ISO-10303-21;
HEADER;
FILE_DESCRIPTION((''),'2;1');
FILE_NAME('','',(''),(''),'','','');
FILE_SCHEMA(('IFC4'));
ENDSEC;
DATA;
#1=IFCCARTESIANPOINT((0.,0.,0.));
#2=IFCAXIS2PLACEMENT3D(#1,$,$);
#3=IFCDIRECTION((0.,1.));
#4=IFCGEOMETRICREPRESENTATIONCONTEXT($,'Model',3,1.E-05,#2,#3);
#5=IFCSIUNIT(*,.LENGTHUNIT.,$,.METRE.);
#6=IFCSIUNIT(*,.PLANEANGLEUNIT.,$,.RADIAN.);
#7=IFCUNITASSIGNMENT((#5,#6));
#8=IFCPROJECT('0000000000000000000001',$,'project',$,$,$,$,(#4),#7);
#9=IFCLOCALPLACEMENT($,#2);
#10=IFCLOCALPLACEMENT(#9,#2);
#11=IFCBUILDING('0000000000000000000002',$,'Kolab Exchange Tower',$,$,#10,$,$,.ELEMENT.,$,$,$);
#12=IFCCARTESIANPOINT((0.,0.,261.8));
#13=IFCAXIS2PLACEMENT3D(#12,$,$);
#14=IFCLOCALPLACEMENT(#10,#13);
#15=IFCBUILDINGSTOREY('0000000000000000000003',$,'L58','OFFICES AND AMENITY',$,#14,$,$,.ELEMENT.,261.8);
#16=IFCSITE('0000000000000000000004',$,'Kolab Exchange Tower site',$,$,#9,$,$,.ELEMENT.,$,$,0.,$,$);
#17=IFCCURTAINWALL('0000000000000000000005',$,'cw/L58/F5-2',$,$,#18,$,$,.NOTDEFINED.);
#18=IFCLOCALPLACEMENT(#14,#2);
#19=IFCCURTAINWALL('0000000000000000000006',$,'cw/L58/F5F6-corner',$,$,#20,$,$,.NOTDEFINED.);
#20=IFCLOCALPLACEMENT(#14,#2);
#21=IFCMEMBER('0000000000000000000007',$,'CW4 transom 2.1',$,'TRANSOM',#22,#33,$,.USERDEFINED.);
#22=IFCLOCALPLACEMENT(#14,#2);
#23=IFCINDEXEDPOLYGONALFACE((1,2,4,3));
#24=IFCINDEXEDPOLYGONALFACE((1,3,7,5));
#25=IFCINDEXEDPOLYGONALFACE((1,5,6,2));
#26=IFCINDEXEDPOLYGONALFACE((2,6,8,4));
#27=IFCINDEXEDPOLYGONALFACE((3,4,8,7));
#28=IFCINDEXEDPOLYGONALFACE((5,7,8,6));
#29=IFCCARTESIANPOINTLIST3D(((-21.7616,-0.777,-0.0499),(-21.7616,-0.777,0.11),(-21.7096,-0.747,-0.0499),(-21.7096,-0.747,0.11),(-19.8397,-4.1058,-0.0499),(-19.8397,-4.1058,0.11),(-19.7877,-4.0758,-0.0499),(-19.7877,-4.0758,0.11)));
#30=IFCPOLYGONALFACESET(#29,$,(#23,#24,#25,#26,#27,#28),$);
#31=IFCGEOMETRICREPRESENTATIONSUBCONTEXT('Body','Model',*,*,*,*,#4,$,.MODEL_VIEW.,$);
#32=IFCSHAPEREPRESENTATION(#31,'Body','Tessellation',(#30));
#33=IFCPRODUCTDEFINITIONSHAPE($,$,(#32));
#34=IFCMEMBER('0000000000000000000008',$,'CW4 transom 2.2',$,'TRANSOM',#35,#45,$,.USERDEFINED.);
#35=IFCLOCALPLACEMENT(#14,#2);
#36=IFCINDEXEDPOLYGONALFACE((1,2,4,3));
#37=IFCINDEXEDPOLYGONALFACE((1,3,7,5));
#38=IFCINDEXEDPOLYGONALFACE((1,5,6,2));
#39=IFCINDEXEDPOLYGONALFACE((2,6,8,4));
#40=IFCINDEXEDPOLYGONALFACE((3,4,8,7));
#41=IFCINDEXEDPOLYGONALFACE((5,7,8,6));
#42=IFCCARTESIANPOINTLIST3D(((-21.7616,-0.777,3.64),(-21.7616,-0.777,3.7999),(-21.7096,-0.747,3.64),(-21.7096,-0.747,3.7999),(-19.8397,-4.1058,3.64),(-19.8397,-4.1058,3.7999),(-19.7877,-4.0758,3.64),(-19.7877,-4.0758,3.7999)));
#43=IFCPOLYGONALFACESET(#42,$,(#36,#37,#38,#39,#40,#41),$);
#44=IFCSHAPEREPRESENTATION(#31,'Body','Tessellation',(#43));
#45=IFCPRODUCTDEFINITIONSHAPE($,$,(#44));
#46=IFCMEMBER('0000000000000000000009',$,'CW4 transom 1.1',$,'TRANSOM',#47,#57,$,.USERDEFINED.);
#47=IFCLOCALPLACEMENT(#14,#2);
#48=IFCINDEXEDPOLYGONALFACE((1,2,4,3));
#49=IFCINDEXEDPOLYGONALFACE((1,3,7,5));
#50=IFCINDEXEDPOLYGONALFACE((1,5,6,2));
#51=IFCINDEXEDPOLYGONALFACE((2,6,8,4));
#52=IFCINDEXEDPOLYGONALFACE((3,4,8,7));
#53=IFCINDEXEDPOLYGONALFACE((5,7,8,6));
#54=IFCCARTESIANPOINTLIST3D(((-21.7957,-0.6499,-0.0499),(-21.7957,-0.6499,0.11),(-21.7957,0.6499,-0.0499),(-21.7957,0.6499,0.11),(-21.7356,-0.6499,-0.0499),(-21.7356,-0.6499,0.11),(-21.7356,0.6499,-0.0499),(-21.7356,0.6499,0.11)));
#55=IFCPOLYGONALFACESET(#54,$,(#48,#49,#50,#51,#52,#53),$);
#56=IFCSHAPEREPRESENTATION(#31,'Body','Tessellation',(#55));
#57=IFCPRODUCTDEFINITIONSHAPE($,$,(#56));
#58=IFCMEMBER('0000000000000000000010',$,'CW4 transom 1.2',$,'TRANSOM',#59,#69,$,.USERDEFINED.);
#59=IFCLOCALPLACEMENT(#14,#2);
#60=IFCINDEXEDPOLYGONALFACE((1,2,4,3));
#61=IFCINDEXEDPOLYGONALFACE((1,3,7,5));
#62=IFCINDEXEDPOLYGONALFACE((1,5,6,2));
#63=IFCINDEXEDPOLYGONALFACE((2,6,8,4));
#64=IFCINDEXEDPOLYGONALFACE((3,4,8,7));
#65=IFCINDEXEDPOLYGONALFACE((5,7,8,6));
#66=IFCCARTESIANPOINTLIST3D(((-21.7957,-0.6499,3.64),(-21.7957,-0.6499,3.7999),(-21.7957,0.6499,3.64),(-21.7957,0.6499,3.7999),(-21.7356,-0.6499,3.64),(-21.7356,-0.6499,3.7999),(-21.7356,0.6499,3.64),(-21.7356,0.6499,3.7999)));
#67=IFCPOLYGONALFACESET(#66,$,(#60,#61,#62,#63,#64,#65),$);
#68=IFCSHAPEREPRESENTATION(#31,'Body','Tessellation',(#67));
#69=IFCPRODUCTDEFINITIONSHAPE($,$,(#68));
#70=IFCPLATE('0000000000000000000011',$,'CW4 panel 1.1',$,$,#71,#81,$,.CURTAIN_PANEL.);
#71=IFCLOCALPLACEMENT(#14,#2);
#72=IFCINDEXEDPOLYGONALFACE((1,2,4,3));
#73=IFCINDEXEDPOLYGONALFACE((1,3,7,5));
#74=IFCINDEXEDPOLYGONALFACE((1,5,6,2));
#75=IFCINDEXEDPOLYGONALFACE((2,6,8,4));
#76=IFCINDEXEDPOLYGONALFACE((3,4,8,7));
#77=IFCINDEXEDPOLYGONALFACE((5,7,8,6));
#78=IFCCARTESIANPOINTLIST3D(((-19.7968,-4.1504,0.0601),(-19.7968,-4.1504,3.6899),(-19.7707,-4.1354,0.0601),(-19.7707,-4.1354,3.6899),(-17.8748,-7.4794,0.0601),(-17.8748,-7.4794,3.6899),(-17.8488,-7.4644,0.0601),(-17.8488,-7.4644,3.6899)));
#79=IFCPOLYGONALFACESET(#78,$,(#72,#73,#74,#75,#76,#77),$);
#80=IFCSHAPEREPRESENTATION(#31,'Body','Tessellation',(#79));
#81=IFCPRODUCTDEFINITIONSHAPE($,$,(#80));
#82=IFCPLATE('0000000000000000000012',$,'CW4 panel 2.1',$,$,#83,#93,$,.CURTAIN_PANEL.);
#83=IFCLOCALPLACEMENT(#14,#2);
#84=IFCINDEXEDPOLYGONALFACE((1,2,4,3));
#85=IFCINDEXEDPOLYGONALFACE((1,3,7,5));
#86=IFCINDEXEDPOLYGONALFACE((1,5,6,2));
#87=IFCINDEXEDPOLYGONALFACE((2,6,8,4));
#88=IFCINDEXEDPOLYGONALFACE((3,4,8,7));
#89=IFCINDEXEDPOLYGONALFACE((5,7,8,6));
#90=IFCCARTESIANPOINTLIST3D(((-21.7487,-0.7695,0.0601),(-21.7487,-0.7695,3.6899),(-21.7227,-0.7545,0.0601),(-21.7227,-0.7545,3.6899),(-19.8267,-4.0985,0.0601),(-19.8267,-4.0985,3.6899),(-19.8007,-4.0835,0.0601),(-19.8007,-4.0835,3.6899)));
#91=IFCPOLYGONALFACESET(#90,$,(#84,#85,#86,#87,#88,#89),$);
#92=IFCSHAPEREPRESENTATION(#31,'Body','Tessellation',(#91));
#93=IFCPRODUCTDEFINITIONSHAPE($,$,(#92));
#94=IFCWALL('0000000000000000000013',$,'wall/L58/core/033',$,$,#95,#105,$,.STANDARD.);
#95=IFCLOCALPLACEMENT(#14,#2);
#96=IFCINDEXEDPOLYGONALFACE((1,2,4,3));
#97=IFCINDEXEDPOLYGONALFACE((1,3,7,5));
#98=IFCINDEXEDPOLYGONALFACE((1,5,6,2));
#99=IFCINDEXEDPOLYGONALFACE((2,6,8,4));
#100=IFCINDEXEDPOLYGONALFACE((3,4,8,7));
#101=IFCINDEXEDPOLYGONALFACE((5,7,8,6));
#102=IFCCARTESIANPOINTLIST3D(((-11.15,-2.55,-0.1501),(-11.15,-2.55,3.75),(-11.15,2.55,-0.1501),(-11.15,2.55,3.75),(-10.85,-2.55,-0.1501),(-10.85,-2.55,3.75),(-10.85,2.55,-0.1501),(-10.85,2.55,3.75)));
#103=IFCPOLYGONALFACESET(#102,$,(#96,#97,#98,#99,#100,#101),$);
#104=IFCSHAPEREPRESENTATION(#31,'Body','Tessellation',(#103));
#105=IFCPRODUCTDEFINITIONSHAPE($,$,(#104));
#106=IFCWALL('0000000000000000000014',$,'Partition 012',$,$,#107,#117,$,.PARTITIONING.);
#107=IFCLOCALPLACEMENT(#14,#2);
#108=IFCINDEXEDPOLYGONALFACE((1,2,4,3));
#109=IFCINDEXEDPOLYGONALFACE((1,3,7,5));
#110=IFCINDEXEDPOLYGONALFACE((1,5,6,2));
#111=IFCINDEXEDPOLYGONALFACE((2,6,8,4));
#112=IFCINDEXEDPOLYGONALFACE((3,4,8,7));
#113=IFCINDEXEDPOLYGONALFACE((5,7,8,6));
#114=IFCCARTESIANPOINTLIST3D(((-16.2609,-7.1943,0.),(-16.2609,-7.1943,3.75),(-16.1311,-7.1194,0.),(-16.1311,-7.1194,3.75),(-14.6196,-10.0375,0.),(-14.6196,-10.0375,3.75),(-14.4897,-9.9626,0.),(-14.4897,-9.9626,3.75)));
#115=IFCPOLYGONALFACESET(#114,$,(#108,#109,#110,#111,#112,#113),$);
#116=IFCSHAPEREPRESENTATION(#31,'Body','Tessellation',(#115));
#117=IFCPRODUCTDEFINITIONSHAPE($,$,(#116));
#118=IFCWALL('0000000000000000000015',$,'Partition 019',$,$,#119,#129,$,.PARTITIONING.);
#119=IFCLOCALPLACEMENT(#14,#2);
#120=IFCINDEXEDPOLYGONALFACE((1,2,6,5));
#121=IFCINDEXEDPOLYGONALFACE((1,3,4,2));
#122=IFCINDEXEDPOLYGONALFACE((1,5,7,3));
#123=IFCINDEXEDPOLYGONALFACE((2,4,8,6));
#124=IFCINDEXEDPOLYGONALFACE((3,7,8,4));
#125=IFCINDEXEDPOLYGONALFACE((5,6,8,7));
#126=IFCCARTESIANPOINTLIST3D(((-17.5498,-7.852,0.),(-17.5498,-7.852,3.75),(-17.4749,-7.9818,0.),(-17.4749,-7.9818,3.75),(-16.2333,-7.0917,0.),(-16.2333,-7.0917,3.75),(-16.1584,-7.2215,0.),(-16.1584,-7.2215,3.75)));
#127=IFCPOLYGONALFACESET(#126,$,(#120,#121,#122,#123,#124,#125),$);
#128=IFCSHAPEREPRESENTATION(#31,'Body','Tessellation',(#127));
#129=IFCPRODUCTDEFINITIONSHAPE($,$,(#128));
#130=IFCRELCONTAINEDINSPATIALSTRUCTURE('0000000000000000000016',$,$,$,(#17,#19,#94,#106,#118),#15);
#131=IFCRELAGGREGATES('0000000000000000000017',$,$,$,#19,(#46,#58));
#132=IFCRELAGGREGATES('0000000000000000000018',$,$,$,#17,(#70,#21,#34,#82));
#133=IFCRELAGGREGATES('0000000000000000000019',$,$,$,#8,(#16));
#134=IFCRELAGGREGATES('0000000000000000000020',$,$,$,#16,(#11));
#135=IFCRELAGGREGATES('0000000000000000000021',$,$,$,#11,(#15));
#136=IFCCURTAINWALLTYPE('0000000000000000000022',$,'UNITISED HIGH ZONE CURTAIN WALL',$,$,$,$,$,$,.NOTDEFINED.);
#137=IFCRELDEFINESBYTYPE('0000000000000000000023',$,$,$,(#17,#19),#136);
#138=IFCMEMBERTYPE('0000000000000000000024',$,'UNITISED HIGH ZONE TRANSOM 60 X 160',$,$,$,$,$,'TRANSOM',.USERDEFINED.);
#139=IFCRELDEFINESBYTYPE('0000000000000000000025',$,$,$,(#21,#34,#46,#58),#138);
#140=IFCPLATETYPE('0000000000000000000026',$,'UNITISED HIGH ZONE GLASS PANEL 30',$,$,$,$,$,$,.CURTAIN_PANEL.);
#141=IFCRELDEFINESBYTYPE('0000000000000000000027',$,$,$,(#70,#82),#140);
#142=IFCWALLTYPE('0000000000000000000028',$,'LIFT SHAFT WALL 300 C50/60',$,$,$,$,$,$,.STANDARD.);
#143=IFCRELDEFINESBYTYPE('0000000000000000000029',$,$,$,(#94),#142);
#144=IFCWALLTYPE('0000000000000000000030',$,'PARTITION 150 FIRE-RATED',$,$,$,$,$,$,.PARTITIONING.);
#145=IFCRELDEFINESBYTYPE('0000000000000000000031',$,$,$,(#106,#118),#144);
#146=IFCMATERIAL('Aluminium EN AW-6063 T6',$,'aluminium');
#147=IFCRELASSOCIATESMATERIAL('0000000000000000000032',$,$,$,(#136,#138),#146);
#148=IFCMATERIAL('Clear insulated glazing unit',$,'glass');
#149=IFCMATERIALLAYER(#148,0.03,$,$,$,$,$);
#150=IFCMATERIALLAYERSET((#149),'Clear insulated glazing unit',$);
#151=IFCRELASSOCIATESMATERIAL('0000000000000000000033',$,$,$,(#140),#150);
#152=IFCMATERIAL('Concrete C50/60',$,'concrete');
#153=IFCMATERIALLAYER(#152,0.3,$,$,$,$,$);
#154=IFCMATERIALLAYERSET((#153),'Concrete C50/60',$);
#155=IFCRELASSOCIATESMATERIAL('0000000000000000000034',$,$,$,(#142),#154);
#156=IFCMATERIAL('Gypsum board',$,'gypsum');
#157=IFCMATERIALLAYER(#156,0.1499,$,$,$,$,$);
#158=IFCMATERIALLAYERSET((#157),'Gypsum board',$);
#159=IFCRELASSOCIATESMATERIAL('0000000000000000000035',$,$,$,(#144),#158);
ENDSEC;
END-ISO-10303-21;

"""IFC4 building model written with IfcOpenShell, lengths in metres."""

from ifc_helpers import new_model, si_unit, direction, frame, frame_2d, origin, origin_2d, place, context, subcontext, project, spatial, rectangle, extrude, material, layer, layer_set, material_profile, profile_set, type_object, element, aggregate, save


model = new_model("IFC4")

# Units and contexts
model_context = context("Model", 3, precision=1e-05, world=origin(), true_north=direction((0.0, 1.0)))
body_context = subcontext(model_context, "Body", "Model", "MODEL_VIEW")
ifc_project = project(units=[si_unit("LENGTHUNIT", "METRE"), si_unit("PLANEANGLEUNIT", "RADIAN")], contexts=[model_context])

# Site, building, storey
site_placement = place(None, origin())
site = spatial("IfcSite", under=ifc_project, at=site_placement, Name="Kolab Exchange Tower site", CompositionType="ELEMENT", RefElevation=0.0)
building_placement = place(site_placement, origin())
building = spatial("IfcBuilding", under=site, at=building_placement, Name="Kolab Exchange Tower", CompositionType="ELEMENT")
storey_placement = place(building_placement, frame((0.0, 0.0, 261.8)))
storey = spatial("IfcBuildingStorey", under=building, at=storey_placement, Name="L58", Description="OFFICES AND AMENITY", CompositionType="ELEMENT", Elevation=261.8)

# Shared definitions
ifc_material_1 = material(Name="Concrete C50/60", Category="concrete")

# Curtain wall
ifc_material_2 = material(Name="Aluminium EN AW-6063 T6", Category="aluminium")
curtain_wall_type = type_object("IfcCurtainWallType", Name="UNITISED HIGH ZONE CURTAIN WALL", PredefinedType="NOTDEFINED", material=ifc_material_2)
curtain_wall_1_placement = place(storey_placement, origin())
curtain_wall_1 = element("IfcCurtainWall", 1, at=curtain_wall_1_placement, inside=storey, type_object=curtain_wall_type, Name="cw/L58/F5-2", PredefinedType="NOTDEFINED")

# Curtain wall
curtain_wall_2_placement = place(storey_placement, origin())
curtain_wall_2 = element("IfcCurtainWall", 2, at=curtain_wall_2_placement, inside=storey, type_object=curtain_wall_type, Name="cw/L58/F5F6-corner", PredefinedType="NOTDEFINED")

# Members
ifc_material_profile_1 = material_profile(ifc_material_2, rectangle(XDim=0.0601, YDim=0.1599, at=origin_2d()), Name="RECT 60X160")
ifc_profile_set_1 = profile_set([ifc_material_profile_1], Name="Aluminium EN AW-6063 T6")
member_type_1 = type_object("IfcMemberType", Name="UNITISED HIGH ZONE TRANSOM 60 X 160", ElementType="TRANSOM", PredefinedType="USERDEFINED", material=ifc_profile_set_1)
member_1_placement = place(storey_placement, frame((-19.8137, -4.0908, 0.03), z_axis=(-0.499992, 0.86603, 0.0), x_axis=(-0.86603, -0.499992, 0.0)))
member_1 = element("IfcMember", 3, at=member_1_placement, type_object=member_type_1, Name="CW4 transom 2.1", ObjectType="TRANSOM", PredefinedType="USERDEFINED", context=body_context, shape_type="SweptSolid", body=[
    extrude(rectangle(XDim=0.0601, YDim=0.1599, at=origin_2d()), origin(), (0.0, 0.0, 1.0), 3.8438),
])
member_2_placement = place(storey_placement, frame((-19.8137, -4.0908, 3.72), z_axis=(-0.499992, 0.86603, 0.0), x_axis=(-0.86603, -0.499992, 0.0)))
member_2 = element("IfcMember", 4, at=member_2_placement, type_object=member_type_1, Name="CW4 transom 2.2", ObjectType="TRANSOM", PredefinedType="USERDEFINED", context=body_context, shape_type="SweptSolid", body=[
    extrude(rectangle(XDim=0.0601, YDim=0.1599, at=origin_2d()), origin(), (0.0, 0.0, 1.0), 3.8438),
])
member_3_placement = place(storey_placement, frame((-21.7656, -0.6499, 0.03), z_axis=(0.0, 1.0, 0.0), x_axis=(-1.0, 0.0, 0.0)))
member_3 = element("IfcMember", 5, at=member_3_placement, type_object=member_type_1, Name="CW4 transom 1.1", ObjectType="TRANSOM", PredefinedType="USERDEFINED", context=body_context, shape_type="SweptSolid", body=[
    extrude(rectangle(XDim=0.0601, YDim=0.1599, at=origin_2d()), origin(), (0.0, 0.0, 1.0), 1.2998),
])
member_4_placement = place(storey_placement, frame((-21.7656, -0.6499, 3.72), z_axis=(0.0, 1.0, 0.0), x_axis=(-1.0, 0.0, 0.0)))
member_4 = element("IfcMember", 6, at=member_4_placement, type_object=member_type_1, Name="CW4 transom 1.2", ObjectType="TRANSOM", PredefinedType="USERDEFINED", context=body_context, shape_type="SweptSolid", body=[
    extrude(rectangle(XDim=0.0601, YDim=0.1599, at=origin_2d()), origin(), (0.0, 0.0, 1.0), 1.2998),
])
aggregate(curtain_wall_2, [member_3, member_4])

# Plates
ifc_material_3 = material(Name="Clear insulated glazing unit", Category="glass")
ifc_layer_1 = layer(ifc_material_3, 0.03)
ifc_layer_set_1 = layer_set([ifc_layer_1], Name="Clear insulated glazing unit")
plate_type = type_object("IfcPlateType", Name="UNITISED HIGH ZONE GLASS PANEL 30", PredefinedType="CURTAIN_PANEL", material=ifc_layer_set_1)
plate_1_placement = place(storey_placement, frame((-18.8228, -5.8074, 0.0601), z_axis=(0.0, 0.0, 1.0), x_axis=(-0.5, 0.866025, 0.0)))
plate_1 = element("IfcPlate", 7, at=plate_1_placement, type_object=plate_type, Name="CW4 panel 1.1", PredefinedType="CURTAIN_PANEL", context=body_context, shape_type="SweptSolid", body=[
    extrude(rectangle(XDim=3.844, YDim=0.03, at=origin_2d()), origin(), (0.0, 0.0, 1.0), 3.6299),
])
plate_2_placement = place(storey_placement, frame((-20.7747, -2.4265, 0.0601), z_axis=(0.0, 0.0, 1.0), x_axis=(-0.5, 0.866025, 0.0)))
plate_2 = element("IfcPlate", 8, at=plate_2_placement, type_object=plate_type, Name="CW4 panel 2.1", PredefinedType="CURTAIN_PANEL", context=body_context, shape_type="SweptSolid", body=[
    extrude(rectangle(XDim=3.844, YDim=0.03, at=origin_2d()), origin(), (0.0, 0.0, 1.0), 3.6299),
])
aggregate(curtain_wall_1, [plate_1, member_1, member_2, plate_2])

# Walls
ifc_layer_2 = layer(ifc_material_1, 0.3)
ifc_layer_set_2 = layer_set([ifc_layer_2], Name="Concrete C50/60")
wall_type_1 = type_object("IfcWallType", Name="LIFT SHAFT WALL 300 C50/60", PredefinedType="STANDARD", material=ifc_layer_set_2)
wall_1_placement = place(storey_placement, frame((-11.0, -2.55, -0.1501), z_axis=(0.0, 0.0, 1.0), x_axis=(0.0, 1.0, 0.0)))
element("IfcWall", 9, at=wall_1_placement, inside=storey, type_object=wall_type_1, Name="wall/L58/core/033", PredefinedType="STANDARD", context=body_context, shape_type="SweptSolid", body=[
    extrude(rectangle(XDim=5.1001, YDim=0.3, at=frame_2d((2.55, 0.0))), origin(), (0.0, 0.0, 1.0), 3.9001),
])
ifc_material_4 = material(Name="Gypsum board", Category="gypsum")
ifc_layer_3 = layer(ifc_material_4, 0.1499)
ifc_layer_set_3 = layer_set([ifc_layer_3], Name="Gypsum board")
wall_type_2 = type_object("IfcWallType", Name="PARTITION 150 FIRE-RATED", PredefinedType="PARTITIONING", material=ifc_layer_set_3)
wall_2_placement = place(storey_placement, frame((-16.196, -7.1567, 0.0), z_axis=(0.0, 0.0, 1.0), x_axis=(0.499954, -0.866052, 0.0)))
element("IfcWall", 10, at=wall_2_placement, inside=storey, type_object=wall_type_2, Name="Partition 012", PredefinedType="PARTITIONING", context=body_context, shape_type="SweptSolid", body=[
    extrude(rectangle(XDim=3.283, YDim=0.1499, at=frame_2d((1.6416, 0.0))), origin(), (0.0, 0.0, 1.0), 3.75),
])
wall_3_placement = place(storey_placement, frame((-17.5125, -7.917, 0.0), z_axis=(0.0, 0.0, 1.0), x_axis=(0.865961, 0.500112, 0.0)))
element("IfcWall", 11, at=wall_3_placement, inside=storey, type_object=wall_type_2, Name="Partition 019", PredefinedType="PARTITIONING", context=body_context, shape_type="SweptSolid", body=[
    extrude(rectangle(XDim=1.5203, YDim=0.1499, at=frame_2d((0.7603, 0.0))), origin(), (0.0, 0.0, 1.0), 3.75),
])

save(model, "model.ifc")
